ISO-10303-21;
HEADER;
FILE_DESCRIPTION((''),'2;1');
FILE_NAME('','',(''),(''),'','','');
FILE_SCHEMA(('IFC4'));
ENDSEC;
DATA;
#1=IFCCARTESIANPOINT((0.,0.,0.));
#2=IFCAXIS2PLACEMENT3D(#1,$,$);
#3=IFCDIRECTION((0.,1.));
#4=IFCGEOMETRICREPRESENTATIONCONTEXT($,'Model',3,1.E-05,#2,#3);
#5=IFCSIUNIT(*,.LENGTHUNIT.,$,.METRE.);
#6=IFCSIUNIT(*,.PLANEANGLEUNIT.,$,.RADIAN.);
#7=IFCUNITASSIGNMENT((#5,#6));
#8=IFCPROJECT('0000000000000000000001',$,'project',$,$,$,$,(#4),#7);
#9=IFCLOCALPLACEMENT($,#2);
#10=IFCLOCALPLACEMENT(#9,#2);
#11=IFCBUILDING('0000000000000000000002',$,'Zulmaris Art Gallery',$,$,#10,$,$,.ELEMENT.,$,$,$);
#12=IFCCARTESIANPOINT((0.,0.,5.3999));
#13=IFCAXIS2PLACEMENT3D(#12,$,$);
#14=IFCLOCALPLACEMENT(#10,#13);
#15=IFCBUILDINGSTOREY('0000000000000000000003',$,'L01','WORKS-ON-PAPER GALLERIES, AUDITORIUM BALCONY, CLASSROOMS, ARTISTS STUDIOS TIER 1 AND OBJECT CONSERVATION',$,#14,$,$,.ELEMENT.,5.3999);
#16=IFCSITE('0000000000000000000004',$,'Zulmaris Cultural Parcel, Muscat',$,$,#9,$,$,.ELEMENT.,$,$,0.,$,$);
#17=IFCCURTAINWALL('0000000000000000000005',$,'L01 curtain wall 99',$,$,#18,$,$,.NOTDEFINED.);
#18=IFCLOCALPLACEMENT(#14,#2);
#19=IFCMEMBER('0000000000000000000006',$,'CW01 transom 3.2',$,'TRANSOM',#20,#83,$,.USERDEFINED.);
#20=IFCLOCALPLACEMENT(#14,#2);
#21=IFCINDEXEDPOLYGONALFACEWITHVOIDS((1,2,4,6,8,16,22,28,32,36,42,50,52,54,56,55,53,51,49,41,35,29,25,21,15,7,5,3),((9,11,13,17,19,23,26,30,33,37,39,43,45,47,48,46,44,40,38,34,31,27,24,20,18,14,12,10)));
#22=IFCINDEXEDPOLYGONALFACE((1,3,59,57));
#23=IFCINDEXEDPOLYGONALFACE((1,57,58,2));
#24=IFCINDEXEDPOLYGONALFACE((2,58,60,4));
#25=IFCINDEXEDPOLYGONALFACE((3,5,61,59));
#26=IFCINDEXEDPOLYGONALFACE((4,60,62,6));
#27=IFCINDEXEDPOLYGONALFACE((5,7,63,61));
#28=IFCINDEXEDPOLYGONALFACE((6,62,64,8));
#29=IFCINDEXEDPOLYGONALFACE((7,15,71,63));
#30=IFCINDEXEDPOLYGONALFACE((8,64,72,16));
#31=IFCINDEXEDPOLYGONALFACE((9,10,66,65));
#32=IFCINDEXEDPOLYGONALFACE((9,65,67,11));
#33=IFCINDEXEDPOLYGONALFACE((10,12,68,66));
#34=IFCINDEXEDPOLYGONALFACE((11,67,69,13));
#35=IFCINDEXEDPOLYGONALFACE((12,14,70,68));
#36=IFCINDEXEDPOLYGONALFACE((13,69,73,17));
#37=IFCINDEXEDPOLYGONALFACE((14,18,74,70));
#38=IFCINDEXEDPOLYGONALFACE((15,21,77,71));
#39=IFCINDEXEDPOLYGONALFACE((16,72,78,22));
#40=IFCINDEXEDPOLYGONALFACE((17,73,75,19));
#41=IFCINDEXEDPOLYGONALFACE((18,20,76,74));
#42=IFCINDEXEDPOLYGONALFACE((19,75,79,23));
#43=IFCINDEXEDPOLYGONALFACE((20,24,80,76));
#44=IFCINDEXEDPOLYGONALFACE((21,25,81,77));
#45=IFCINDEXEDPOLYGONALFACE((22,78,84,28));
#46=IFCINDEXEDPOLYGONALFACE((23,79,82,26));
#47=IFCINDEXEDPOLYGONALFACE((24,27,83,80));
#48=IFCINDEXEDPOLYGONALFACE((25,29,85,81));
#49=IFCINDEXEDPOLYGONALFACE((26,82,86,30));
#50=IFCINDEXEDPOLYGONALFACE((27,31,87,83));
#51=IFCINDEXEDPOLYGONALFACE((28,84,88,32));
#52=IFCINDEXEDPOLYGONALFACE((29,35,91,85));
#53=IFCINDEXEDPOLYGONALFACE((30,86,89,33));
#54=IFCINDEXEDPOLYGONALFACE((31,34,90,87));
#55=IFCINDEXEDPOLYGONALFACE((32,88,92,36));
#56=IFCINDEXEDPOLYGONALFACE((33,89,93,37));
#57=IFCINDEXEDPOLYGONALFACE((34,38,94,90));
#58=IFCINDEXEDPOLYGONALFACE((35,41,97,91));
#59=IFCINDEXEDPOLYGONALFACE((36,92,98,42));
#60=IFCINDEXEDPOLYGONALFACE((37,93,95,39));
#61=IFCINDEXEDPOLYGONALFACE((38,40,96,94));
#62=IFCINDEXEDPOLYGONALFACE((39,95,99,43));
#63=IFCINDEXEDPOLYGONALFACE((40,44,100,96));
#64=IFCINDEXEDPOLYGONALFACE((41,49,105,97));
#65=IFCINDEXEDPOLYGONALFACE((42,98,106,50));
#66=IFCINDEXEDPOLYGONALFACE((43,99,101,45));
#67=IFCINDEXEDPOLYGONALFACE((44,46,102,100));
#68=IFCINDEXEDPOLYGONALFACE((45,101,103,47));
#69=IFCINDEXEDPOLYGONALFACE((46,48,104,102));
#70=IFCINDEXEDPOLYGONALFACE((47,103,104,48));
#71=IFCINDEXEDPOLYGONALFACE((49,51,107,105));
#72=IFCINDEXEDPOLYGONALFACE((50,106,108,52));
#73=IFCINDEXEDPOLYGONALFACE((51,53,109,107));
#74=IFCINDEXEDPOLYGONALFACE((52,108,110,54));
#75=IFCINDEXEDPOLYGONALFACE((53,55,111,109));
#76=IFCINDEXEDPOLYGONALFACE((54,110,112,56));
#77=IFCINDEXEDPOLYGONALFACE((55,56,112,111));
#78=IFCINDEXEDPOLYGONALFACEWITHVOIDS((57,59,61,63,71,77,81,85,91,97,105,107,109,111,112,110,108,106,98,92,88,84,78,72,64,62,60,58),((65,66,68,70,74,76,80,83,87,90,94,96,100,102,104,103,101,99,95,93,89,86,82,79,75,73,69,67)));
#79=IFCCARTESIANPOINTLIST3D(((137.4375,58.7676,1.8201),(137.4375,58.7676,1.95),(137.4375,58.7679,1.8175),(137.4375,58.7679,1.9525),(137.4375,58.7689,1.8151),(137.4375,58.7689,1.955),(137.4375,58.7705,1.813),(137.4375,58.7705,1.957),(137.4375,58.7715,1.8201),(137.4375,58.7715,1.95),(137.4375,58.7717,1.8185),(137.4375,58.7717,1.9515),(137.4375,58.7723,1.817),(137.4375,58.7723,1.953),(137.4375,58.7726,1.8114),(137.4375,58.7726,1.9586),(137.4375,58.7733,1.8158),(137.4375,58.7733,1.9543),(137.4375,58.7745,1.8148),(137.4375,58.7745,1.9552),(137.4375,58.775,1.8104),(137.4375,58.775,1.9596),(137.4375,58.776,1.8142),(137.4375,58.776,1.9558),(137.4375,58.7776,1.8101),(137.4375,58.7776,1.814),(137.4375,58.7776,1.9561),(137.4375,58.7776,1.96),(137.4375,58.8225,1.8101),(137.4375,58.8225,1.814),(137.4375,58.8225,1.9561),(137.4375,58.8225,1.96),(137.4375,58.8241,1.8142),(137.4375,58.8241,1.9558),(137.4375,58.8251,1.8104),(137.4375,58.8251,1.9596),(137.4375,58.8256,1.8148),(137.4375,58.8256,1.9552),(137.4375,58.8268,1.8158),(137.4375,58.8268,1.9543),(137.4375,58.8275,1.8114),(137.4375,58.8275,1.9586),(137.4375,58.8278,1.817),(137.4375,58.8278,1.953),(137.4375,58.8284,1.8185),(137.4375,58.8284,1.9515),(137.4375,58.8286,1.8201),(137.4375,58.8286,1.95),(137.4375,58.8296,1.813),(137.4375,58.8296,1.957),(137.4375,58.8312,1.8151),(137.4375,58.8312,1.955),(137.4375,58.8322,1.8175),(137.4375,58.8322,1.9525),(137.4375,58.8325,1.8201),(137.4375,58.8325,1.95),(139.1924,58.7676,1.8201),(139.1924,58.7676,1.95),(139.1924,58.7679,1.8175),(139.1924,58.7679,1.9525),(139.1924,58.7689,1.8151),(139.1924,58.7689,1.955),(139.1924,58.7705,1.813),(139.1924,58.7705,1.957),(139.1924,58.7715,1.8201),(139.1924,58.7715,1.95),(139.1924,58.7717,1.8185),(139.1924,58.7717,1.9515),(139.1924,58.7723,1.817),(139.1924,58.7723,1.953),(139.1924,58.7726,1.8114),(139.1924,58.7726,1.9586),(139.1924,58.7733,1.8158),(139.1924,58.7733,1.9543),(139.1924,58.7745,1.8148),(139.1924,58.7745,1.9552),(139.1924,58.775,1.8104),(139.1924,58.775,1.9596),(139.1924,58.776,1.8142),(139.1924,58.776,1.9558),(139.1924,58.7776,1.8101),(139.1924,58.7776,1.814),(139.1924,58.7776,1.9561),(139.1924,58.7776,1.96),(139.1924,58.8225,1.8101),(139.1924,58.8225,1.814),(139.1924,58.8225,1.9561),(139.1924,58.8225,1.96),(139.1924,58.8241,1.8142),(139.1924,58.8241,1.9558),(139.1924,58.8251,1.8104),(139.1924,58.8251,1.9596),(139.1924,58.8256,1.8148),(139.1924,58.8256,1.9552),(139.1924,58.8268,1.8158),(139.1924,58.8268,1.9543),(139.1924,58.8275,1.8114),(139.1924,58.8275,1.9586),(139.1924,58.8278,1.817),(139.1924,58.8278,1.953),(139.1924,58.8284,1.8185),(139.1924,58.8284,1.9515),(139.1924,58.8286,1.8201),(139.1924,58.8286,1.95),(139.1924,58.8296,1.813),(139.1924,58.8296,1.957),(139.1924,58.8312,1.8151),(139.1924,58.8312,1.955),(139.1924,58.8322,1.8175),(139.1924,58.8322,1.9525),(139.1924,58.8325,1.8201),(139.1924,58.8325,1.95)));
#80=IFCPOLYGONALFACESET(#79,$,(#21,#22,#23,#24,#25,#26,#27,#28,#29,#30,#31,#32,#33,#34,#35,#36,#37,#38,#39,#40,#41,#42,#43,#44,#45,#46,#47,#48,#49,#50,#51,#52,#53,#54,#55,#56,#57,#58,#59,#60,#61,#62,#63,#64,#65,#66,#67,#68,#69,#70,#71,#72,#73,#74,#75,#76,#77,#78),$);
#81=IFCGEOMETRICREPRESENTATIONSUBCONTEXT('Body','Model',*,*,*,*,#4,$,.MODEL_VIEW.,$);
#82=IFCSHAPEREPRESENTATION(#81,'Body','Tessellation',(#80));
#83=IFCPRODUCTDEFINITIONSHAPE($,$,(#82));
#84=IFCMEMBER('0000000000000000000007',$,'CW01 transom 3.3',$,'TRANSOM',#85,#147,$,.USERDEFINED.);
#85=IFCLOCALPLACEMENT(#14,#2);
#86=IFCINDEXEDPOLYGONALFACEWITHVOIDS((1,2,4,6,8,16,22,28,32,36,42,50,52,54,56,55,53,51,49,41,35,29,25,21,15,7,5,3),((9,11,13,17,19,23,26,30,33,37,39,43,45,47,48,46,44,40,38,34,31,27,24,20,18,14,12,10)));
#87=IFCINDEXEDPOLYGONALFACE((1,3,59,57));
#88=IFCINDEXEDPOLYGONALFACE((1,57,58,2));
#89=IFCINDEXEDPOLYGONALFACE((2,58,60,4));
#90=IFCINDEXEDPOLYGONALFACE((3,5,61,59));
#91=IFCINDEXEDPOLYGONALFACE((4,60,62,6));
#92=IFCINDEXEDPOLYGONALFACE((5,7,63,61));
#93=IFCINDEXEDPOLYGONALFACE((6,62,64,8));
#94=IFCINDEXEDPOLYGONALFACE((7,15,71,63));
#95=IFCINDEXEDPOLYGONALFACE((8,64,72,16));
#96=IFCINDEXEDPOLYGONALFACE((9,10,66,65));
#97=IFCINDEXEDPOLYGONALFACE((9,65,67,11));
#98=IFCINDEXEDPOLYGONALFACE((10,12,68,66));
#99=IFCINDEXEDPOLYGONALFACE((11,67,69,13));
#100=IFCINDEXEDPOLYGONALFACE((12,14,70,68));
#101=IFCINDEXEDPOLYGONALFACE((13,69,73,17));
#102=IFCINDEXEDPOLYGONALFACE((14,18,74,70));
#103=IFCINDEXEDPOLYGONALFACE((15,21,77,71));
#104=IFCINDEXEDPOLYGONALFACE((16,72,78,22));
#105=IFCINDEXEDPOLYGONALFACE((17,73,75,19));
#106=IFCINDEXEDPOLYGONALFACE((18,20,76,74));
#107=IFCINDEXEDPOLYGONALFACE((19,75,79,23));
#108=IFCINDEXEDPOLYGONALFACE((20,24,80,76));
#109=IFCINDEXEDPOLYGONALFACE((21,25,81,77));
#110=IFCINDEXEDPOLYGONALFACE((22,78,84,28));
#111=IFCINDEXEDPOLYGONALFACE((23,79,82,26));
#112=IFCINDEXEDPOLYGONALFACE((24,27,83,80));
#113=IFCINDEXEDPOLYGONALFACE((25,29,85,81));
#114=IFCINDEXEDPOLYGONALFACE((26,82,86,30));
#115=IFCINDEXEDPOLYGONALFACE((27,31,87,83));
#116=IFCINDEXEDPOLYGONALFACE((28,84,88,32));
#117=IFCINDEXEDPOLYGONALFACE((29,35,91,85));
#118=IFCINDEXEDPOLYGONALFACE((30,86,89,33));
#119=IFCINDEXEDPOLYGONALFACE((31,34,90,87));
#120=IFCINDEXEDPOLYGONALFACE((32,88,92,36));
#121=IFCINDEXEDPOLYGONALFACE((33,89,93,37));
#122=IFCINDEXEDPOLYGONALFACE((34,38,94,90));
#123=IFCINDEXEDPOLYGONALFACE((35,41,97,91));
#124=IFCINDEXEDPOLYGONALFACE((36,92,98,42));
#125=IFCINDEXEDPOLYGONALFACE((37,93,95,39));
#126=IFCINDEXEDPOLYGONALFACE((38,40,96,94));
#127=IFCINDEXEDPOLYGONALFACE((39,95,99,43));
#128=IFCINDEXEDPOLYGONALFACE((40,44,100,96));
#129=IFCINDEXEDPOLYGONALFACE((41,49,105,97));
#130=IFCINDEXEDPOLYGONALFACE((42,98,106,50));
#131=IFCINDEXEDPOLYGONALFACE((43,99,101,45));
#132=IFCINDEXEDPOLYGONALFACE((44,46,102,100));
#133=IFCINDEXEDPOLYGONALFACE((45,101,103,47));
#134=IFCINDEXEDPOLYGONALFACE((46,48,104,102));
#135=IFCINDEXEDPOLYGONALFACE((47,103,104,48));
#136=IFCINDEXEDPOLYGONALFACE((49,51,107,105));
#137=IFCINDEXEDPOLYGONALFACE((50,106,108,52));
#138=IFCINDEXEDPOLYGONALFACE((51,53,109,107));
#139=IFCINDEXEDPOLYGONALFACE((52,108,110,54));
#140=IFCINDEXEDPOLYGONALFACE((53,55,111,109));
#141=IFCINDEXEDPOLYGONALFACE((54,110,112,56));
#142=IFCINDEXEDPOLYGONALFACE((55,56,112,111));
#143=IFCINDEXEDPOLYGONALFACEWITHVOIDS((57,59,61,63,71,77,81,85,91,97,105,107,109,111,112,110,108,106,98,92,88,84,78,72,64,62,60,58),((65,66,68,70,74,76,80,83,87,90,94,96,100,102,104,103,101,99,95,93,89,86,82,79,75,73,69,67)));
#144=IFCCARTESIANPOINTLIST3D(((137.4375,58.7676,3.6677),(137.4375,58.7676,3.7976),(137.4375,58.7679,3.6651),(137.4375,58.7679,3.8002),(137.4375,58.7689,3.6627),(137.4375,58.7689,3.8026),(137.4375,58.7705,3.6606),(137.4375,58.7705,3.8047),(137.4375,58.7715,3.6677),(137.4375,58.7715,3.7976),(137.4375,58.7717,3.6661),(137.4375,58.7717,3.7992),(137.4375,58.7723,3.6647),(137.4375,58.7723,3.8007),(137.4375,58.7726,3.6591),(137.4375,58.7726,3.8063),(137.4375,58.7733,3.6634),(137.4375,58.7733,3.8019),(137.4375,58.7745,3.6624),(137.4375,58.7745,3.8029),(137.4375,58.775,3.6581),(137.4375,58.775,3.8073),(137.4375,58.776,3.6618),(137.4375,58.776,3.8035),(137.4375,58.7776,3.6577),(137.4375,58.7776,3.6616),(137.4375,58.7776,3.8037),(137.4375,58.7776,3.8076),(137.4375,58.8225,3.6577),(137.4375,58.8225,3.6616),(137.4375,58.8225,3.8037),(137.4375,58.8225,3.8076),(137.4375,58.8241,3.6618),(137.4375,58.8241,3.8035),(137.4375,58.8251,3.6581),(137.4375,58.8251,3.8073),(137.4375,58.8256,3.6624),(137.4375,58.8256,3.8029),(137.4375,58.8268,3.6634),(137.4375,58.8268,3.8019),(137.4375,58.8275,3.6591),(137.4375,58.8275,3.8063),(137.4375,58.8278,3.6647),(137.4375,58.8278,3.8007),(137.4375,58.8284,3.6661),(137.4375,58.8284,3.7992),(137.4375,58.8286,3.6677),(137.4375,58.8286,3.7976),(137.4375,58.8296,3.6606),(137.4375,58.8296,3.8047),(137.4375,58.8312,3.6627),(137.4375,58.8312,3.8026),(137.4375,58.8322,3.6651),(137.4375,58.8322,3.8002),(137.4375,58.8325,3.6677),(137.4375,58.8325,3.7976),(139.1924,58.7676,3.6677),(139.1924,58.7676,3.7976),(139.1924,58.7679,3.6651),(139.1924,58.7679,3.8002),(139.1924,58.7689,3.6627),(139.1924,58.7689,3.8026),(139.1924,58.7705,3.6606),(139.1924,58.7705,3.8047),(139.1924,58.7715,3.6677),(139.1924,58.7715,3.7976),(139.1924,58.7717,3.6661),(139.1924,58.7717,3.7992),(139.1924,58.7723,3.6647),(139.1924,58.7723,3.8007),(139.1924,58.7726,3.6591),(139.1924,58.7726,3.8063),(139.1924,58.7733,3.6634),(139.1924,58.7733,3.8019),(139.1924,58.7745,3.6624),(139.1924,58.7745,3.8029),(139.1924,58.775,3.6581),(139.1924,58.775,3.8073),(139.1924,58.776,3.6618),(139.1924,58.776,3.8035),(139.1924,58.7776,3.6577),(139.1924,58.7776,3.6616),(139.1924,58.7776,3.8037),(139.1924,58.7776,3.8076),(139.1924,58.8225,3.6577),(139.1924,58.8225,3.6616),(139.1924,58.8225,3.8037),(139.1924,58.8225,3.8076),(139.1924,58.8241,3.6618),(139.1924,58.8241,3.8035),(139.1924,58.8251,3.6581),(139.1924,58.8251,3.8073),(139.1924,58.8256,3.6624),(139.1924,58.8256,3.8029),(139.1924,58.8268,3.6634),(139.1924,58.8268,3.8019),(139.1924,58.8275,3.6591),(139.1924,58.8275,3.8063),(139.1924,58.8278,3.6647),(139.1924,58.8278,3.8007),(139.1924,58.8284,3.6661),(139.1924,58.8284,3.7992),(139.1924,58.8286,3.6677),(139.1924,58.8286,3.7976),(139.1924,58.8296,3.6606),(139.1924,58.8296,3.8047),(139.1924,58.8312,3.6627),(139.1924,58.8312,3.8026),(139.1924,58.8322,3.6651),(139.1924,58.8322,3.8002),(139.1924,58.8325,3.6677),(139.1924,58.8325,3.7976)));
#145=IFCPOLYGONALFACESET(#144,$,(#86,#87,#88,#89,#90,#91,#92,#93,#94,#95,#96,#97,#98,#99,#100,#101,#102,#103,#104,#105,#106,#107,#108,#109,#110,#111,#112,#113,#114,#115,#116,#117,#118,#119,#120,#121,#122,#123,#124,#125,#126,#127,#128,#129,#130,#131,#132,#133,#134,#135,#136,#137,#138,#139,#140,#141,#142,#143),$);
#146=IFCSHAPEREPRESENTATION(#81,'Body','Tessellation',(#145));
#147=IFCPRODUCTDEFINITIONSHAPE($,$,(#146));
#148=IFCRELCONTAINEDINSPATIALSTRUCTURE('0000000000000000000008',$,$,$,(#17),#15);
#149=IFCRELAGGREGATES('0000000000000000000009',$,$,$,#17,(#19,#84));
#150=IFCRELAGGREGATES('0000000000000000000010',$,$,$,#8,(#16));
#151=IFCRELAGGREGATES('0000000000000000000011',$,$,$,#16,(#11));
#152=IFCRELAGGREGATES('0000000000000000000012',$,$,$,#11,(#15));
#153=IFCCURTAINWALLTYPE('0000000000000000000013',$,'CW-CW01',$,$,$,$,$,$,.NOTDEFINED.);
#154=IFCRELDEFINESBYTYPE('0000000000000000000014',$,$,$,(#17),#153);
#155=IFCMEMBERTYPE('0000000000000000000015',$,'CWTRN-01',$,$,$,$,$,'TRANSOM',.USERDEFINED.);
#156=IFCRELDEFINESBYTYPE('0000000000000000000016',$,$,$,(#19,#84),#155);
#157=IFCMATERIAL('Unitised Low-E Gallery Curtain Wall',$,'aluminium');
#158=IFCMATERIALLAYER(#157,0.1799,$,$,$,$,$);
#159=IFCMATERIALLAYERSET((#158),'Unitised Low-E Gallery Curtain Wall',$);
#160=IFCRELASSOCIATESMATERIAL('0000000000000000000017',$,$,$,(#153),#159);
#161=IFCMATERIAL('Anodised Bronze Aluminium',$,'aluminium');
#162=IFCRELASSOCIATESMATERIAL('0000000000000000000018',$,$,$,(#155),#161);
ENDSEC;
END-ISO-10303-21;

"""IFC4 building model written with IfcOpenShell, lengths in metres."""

from ifc_helpers import new_model, si_unit, direction, frame, origin, origin_2d, place, context, subcontext, project, spatial, hollow_rectangle, extrude, material, layer, layer_set, material_profile, profile_set, type_object, element, aggregate, save


model = new_model("IFC4")

# Units and contexts
model_context = context("Model", 3, precision=1e-05, world=origin(), true_north=direction((0.0, 1.0)))
body_context = subcontext(model_context, "Body", "Model", "MODEL_VIEW")
ifc_project = project(units=[si_unit("LENGTHUNIT", "METRE"), si_unit("PLANEANGLEUNIT", "RADIAN")], contexts=[model_context])

# Site, building, storey
site_placement = place(None, origin())
site = spatial("IfcSite", under=ifc_project, at=site_placement, Name="Zulmaris Cultural Parcel, Muscat", CompositionType="ELEMENT", RefElevation=0.0)
building_placement = place(site_placement, origin())
building = spatial("IfcBuilding", under=site, at=building_placement, Name="Zulmaris Art Gallery", CompositionType="ELEMENT")
storey_placement = place(building_placement, frame((0.0, 0.0, 5.3999)))
storey = spatial("IfcBuildingStorey", under=building, at=storey_placement, Name="L01", Description="WORKS-ON-PAPER GALLERIES, AUDITORIUM BALCONY, CLASSROOMS, ARTISTS STUDIOS TIER 1 AND OBJECT CONSERVATION", CompositionType="ELEMENT", Elevation=5.3999)

# Curtain wall, members
ifc_material_1 = material(Name="Unitised Low-E Gallery Curtain Wall", Category="aluminium")
ifc_layer_1 = layer(ifc_material_1, 0.1799)
ifc_layer_set_1 = layer_set([ifc_layer_1], Name="Unitised Low-E Gallery Curtain Wall")
curtain_wall_type = type_object("IfcCurtainWallType", Name="CW-CW01", PredefinedType="NOTDEFINED", material=ifc_layer_set_1)
curtain_wall_placement = place(storey_placement, origin())
curtain_wall = element("IfcCurtainWall", 1, at=curtain_wall_placement, inside=storey, type_object=curtain_wall_type, Name="L01 curtain wall 99", PredefinedType="NOTDEFINED")
ifc_material_2 = material(Name="Anodised Bronze Aluminium", Category="aluminium")
ifc_material_profile_1 = material_profile(ifc_material_2, hollow_rectangle(XDim=0.0649, YDim=0.1499, WallThickness=0.0039, InnerFilletRadius=0.0061, OuterFilletRadius=0.01, at=origin_2d()), Name="ALU 65x150x4")
ifc_profile_set_1 = profile_set([ifc_material_profile_1], Name="Anodised Bronze Aluminium")
member_type_1 = type_object("IfcMemberType", Name="CWTRN-01", ElementType="TRANSOM", PredefinedType="USERDEFINED", material=ifc_profile_set_1)
member_1_placement = place(storey_placement, frame((137.4375, 58.8, 1.885), z_axis=(1.0, 0.0, 0.0), x_axis=(0.0, 1.0, 0.0)))
member_1 = element("IfcMember", 2, at=member_1_placement, type_object=member_type_1, Name="CW01 transom 3.2", ObjectType="TRANSOM", PredefinedType="USERDEFINED", context=body_context, shape_type="SweptSolid", body=[
    extrude(hollow_rectangle(XDim=0.0649, YDim=0.1499, WallThickness=0.0039, InnerFilletRadius=0.0061, OuterFilletRadius=0.01, at=origin_2d()), origin(), (0.0, 0.0, 1.0), 1.7549),
])
member_2_placement = place(storey_placement, frame((137.4375, 58.8, 3.7327), z_axis=(1.0, 0.0, 0.0), x_axis=(0.0, 1.0, 0.0)))
member_2 = element("IfcMember", 3, at=member_2_placement, type_object=member_type_1, Name="CW01 transom 3.3", ObjectType="TRANSOM", PredefinedType="USERDEFINED", context=body_context, shape_type="SweptSolid", body=[
    extrude(hollow_rectangle(XDim=0.0649, YDim=0.1499, WallThickness=0.0039, InnerFilletRadius=0.0061, OuterFilletRadius=0.01, at=origin_2d()), origin(), (0.0, 0.0, 1.0), 1.7549),
])
aggregate(curtain_wall, [member_1, member_2])

save(model, "model.ifc")
